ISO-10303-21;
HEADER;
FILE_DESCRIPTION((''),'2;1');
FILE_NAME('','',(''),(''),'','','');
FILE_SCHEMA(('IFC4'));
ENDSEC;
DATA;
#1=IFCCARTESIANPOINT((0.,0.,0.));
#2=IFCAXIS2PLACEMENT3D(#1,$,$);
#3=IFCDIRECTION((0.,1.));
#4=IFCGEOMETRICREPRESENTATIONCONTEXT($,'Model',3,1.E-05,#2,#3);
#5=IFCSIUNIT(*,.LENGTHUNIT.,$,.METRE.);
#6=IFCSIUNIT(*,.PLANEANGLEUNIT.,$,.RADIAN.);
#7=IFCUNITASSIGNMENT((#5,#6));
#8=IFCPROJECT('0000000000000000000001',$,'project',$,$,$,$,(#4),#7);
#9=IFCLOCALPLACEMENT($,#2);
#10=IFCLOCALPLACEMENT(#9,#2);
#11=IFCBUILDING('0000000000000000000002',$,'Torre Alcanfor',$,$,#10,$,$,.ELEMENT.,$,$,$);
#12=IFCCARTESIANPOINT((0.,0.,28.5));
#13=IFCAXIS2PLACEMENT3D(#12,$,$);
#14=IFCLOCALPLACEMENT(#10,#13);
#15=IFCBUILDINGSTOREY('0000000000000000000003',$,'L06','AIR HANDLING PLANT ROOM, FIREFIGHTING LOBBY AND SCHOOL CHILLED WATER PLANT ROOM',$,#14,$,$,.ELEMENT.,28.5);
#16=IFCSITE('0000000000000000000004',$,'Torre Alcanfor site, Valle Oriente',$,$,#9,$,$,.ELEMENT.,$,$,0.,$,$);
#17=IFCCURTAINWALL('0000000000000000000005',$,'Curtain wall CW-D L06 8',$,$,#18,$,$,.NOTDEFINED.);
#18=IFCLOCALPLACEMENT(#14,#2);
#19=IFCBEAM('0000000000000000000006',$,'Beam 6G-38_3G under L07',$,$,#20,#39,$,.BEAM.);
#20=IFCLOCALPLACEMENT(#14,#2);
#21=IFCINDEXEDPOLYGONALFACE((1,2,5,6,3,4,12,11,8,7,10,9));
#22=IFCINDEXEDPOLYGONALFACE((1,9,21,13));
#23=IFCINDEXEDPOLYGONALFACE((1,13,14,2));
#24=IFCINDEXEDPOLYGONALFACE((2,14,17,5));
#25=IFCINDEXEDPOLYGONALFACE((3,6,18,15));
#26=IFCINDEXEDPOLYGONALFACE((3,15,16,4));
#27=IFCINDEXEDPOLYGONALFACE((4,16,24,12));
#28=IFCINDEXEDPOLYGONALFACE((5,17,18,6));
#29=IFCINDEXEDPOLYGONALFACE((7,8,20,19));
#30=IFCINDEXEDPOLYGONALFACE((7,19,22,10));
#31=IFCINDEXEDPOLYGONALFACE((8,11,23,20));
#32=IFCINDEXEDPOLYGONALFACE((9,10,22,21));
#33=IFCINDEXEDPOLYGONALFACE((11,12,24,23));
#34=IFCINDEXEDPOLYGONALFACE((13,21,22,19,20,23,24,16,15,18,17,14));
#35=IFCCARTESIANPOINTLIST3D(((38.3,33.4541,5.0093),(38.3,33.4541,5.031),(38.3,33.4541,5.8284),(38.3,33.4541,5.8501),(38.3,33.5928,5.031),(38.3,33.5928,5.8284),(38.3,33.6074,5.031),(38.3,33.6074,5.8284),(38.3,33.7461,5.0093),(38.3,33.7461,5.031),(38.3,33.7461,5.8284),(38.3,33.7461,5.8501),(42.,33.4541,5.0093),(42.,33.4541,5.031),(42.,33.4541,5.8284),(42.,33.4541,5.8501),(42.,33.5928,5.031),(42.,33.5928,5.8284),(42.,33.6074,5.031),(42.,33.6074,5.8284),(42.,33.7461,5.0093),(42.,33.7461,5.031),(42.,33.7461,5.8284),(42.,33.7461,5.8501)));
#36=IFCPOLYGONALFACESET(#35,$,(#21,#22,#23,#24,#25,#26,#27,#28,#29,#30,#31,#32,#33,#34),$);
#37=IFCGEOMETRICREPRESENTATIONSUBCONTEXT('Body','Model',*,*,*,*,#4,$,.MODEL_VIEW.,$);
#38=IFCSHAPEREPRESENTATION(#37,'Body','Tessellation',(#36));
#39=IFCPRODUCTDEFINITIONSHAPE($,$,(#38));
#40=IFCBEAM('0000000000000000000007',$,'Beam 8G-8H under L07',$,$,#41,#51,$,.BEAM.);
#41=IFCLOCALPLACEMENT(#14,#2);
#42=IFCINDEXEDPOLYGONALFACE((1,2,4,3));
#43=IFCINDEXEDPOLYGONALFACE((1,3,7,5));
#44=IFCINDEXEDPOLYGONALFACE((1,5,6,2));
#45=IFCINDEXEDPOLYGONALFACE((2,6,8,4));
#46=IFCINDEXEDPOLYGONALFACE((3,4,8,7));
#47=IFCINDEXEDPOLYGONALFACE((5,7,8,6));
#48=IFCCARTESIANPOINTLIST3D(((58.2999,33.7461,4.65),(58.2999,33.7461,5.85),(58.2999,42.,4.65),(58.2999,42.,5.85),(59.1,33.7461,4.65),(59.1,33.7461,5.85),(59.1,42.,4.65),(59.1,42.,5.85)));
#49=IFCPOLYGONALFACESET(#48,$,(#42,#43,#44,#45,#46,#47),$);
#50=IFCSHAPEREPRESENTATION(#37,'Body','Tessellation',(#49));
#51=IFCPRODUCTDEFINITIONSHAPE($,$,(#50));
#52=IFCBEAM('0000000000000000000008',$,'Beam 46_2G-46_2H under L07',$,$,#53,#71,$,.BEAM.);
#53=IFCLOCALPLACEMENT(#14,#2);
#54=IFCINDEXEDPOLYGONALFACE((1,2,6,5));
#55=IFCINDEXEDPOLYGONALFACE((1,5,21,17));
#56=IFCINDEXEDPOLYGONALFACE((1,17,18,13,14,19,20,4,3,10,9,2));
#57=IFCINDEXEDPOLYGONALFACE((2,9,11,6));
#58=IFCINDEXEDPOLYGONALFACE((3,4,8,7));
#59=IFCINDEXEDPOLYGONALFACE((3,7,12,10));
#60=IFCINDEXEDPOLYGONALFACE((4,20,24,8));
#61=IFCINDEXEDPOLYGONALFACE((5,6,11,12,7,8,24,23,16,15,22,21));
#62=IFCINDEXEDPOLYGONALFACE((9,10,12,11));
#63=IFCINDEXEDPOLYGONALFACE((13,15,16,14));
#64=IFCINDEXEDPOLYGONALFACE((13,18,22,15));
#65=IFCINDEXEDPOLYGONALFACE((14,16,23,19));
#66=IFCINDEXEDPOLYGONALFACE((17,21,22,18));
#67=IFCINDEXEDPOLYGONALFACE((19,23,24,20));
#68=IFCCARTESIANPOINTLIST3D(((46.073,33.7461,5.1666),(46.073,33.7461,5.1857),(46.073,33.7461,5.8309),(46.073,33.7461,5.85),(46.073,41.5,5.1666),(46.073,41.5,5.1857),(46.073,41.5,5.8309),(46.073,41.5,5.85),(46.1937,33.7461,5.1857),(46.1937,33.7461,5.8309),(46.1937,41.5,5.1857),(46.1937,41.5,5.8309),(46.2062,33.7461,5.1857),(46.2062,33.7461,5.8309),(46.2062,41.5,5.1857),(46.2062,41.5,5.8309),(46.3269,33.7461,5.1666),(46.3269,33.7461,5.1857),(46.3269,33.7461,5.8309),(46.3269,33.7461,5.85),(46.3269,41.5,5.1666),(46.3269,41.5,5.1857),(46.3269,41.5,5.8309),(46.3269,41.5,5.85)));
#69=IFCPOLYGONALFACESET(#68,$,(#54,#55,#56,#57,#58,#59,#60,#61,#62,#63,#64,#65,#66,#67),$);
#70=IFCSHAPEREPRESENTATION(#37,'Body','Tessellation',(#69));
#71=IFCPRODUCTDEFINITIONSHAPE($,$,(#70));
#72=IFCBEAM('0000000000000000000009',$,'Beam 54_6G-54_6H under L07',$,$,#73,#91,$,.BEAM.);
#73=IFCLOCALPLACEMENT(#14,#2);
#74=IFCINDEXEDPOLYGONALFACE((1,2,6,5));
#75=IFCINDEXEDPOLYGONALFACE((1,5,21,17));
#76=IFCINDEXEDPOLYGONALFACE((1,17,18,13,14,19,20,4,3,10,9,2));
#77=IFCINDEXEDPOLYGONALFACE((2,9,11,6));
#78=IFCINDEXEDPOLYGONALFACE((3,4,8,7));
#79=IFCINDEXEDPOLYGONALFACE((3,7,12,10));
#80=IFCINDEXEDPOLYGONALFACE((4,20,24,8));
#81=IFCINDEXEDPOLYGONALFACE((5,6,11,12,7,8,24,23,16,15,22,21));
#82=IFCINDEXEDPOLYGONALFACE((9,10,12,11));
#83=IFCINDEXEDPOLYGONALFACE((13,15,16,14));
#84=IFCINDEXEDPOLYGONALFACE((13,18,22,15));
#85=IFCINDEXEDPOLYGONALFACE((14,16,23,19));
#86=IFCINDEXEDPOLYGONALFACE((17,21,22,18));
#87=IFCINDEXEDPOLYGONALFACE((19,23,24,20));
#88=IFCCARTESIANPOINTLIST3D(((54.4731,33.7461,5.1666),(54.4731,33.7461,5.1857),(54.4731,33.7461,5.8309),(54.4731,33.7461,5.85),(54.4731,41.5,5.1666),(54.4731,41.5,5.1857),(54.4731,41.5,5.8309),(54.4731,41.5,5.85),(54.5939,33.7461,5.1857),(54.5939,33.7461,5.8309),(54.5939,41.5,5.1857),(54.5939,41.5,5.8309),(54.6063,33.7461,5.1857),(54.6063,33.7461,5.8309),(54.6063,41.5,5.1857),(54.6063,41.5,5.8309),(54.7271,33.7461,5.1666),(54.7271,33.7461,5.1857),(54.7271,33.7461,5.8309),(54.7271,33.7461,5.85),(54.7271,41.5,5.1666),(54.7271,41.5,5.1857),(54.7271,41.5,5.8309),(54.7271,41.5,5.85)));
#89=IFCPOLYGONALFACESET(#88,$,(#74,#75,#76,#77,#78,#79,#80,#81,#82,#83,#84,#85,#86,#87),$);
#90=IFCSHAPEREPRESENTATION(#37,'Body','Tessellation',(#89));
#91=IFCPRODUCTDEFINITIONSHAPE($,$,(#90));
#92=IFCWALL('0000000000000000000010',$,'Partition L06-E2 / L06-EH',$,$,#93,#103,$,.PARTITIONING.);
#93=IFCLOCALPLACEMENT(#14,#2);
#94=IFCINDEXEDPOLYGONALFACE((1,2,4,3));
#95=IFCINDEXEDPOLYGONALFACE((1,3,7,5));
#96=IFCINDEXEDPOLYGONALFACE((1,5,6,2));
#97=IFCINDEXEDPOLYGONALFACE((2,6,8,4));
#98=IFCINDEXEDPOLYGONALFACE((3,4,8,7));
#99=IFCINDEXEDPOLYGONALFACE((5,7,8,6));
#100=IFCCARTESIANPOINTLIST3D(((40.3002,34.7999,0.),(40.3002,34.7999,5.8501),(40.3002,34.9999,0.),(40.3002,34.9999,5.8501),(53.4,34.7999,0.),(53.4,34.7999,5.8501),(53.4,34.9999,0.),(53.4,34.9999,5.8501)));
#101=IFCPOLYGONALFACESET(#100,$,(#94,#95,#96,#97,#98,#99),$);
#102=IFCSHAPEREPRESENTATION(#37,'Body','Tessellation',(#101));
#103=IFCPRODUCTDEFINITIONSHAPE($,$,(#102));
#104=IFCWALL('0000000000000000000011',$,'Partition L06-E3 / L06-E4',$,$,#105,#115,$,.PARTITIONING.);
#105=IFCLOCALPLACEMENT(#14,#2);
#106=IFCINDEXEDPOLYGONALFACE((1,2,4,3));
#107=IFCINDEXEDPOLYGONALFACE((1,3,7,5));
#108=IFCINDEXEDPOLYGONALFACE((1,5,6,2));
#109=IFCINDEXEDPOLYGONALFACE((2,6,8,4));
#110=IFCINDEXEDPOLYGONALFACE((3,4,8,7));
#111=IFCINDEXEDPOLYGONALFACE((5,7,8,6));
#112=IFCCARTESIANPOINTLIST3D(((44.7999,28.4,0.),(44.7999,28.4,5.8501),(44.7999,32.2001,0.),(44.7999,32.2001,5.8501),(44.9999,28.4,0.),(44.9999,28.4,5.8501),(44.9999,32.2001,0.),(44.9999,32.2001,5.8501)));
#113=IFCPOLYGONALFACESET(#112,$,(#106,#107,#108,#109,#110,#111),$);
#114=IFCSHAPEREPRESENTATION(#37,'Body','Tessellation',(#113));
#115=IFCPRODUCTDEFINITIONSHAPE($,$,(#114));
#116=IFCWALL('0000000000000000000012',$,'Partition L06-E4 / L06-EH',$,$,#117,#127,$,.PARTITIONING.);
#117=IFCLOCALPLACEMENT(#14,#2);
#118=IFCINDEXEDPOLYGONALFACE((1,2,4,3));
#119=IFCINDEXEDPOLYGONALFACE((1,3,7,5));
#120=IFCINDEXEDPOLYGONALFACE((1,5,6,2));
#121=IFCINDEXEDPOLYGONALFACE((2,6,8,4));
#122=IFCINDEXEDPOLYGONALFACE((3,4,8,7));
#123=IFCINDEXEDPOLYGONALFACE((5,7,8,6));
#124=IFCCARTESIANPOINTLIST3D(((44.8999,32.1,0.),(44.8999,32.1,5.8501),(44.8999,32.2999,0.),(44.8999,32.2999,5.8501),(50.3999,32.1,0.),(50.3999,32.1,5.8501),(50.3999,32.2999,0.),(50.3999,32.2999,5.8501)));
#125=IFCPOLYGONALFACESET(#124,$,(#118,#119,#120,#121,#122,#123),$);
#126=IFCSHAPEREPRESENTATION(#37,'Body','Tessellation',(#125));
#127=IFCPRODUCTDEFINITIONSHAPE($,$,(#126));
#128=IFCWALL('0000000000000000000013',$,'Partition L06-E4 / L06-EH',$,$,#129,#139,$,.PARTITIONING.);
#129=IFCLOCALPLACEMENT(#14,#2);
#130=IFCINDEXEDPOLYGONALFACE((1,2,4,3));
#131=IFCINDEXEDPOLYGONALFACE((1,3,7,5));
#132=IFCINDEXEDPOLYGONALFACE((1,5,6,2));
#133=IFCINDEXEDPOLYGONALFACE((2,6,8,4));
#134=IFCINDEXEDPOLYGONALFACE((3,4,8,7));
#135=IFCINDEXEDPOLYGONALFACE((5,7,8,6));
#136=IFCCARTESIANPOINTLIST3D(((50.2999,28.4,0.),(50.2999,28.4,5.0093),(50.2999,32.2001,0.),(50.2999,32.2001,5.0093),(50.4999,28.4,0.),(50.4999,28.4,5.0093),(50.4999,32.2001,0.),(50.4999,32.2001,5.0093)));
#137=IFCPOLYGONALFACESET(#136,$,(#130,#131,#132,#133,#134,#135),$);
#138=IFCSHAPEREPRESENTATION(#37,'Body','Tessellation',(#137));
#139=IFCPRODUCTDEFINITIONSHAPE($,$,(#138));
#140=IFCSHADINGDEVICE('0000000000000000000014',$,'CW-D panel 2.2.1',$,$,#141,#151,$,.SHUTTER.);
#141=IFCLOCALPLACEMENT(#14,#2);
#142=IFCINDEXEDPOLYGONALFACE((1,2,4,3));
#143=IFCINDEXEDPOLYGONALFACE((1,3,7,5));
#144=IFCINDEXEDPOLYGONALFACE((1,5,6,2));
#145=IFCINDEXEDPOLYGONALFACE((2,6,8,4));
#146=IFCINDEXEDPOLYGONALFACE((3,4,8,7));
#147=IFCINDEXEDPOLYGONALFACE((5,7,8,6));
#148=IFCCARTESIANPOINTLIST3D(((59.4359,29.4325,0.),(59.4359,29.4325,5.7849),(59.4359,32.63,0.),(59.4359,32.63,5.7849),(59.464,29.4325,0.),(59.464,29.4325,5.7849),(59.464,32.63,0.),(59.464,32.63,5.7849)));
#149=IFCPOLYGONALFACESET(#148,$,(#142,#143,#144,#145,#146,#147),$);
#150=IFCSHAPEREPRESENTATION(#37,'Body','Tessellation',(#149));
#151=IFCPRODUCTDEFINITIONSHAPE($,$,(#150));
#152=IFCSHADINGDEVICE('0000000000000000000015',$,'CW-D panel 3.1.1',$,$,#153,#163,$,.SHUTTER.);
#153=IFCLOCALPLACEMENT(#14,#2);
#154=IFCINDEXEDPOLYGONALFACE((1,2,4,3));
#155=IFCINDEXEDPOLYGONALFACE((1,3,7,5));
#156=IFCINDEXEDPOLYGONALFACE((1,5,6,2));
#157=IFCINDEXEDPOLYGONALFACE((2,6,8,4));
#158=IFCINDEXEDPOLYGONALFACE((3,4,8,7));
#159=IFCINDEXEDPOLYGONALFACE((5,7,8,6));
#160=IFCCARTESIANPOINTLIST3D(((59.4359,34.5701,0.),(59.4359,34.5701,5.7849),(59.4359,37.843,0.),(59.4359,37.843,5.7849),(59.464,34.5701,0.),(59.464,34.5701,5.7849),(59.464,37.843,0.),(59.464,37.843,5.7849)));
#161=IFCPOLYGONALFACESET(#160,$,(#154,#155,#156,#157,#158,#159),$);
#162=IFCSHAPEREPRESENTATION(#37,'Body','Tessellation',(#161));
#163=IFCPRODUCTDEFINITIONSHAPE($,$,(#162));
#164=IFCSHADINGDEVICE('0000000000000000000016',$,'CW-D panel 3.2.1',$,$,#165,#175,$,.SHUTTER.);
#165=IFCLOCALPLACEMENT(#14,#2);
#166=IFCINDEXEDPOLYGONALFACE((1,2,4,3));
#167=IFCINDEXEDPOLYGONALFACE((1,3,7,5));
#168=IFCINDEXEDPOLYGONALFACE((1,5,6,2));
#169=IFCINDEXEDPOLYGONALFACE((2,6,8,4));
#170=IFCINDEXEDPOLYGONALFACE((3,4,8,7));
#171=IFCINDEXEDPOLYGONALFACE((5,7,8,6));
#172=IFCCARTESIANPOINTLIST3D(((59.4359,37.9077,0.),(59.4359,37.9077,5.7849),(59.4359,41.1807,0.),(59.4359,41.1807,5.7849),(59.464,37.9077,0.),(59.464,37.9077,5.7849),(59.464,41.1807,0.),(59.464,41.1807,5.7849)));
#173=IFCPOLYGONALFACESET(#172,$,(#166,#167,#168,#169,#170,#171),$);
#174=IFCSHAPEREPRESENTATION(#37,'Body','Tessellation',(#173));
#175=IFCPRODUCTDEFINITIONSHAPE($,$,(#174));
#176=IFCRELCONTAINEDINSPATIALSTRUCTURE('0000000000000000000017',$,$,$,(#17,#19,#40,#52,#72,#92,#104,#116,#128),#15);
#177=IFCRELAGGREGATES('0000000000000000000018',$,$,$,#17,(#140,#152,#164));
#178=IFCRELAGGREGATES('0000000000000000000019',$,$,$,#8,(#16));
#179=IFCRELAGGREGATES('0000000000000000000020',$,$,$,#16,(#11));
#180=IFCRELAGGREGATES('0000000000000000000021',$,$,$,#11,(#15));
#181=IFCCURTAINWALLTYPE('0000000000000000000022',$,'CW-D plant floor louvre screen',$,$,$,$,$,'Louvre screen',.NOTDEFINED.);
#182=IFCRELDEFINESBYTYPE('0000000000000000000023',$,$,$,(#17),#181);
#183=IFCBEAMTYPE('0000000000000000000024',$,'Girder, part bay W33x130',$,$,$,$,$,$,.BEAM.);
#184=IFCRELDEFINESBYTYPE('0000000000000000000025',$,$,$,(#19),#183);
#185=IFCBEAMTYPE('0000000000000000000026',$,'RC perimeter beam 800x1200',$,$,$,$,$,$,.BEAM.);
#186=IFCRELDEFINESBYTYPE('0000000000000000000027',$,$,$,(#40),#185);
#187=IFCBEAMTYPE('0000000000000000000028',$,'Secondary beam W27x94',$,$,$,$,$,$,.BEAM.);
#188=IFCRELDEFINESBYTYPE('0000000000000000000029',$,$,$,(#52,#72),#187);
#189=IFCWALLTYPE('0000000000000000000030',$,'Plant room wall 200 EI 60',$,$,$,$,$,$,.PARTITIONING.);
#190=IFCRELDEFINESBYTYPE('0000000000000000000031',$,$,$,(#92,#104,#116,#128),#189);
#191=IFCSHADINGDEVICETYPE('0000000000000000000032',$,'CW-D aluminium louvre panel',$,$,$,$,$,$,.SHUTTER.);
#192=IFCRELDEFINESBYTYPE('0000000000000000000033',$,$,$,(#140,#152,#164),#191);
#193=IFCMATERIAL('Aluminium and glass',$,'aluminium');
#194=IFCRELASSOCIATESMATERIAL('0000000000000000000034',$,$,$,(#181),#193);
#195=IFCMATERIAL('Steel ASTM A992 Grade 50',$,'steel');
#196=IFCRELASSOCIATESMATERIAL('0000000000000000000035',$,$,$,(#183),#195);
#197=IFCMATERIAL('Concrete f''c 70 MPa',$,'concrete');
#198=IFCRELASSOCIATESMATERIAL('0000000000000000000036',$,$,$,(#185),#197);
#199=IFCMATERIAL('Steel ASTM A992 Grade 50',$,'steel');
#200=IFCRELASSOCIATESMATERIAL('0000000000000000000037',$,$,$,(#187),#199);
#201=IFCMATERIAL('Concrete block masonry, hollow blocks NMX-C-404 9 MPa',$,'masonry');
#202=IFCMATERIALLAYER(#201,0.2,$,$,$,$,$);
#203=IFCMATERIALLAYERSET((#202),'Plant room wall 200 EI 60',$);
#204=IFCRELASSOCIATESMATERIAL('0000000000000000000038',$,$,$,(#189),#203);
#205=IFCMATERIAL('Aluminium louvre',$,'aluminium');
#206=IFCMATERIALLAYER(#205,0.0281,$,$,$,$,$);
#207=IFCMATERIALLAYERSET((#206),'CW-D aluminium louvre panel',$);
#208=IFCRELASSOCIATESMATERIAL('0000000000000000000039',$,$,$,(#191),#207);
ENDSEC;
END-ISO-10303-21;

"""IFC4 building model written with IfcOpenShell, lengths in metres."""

from ifc_helpers import new_model, si_unit, direction, frame, frame_2d, origin, origin_2d, place, context, subcontext, project, spatial, rectangle, i_section, extrude, material, layer, layer_set, material_profile, profile_set, type_object, element, aggregate, save


model = new_model("IFC4")

# Units and contexts
model_context = context("Model", 3, precision=1e-05, world=origin(), true_north=direction((0.0, 1.0)))
body_context = subcontext(model_context, "Body", "Model", "MODEL_VIEW")
ifc_project = project(units=[si_unit("LENGTHUNIT", "METRE"), si_unit("PLANEANGLEUNIT", "RADIAN")], contexts=[model_context])

# Site, building, storey
site_placement = place(None, origin())
site = spatial("IfcSite", under=ifc_project, at=site_placement, Name="Torre Alcanfor site, Valle Oriente", CompositionType="ELEMENT", RefElevation=0.0)
building_placement = place(site_placement, origin())
building = spatial("IfcBuilding", under=site, at=building_placement, Name="Torre Alcanfor", CompositionType="ELEMENT")
storey_placement = place(building_placement, frame((0.0, 0.0, 28.5)))
storey = spatial("IfcBuildingStorey", under=building, at=storey_placement, Name="L06", Description="AIR HANDLING PLANT ROOM, FIREFIGHTING LOBBY AND SCHOOL CHILLED WATER PLANT ROOM", CompositionType="ELEMENT", Elevation=28.5)

# Curtain wall
ifc_material_1 = material(Name="Aluminium and glass", Category="aluminium")
curtain_wall_type = type_object("IfcCurtainWallType", Name="CW-D plant floor louvre screen", ElementType="Louvre screen", PredefinedType="NOTDEFINED", material=ifc_material_1)
curtain_wall_placement = place(storey_placement, origin())
curtain_wall = element("IfcCurtainWall", 1, at=curtain_wall_placement, inside=storey, type_object=curtain_wall_type, Name="Curtain wall CW-D L06 8", PredefinedType="NOTDEFINED")

# Beams
ifc_material_2 = material(Name="Steel ASTM A992 Grade 50", Category="steel")
ifc_material_profile_1 = material_profile(ifc_material_2, i_section(OverallWidth=0.292, OverallDepth=0.8408, WebThickness=0.0146, FlangeThickness=0.0217, at=origin_2d()), Name="W33x130")
ifc_profile_set_1 = profile_set([ifc_material_profile_1], Name="Steel ASTM A992 Grade 50")
beam_type_1 = type_object("IfcBeamType", Name="Girder, part bay W33x130", PredefinedType="BEAM", material=ifc_profile_set_1)
beam_1_placement = place(storey_placement, frame((42.0, 33.6001, 5.4297), z_axis=(-1.0, 0.0, 0.0), x_axis=(0.0, -1.0, 0.0)))
element("IfcBeam", 2, at=beam_1_placement, inside=storey, type_object=beam_type_1, Name="Beam 6G-38_3G under L07", PredefinedType="BEAM", context=body_context, shape_type="SweptSolid", body=[
    extrude(i_section(OverallWidth=0.292, OverallDepth=0.8408, WebThickness=0.0146, FlangeThickness=0.0217, at=origin_2d()), origin(), (0.0, 0.0, 1.0), 3.7),
])
ifc_material_3 = material(Name="Concrete f'c 70 MPa", Category="concrete")
ifc_material_profile_2 = material_profile(ifc_material_3, rectangle(XDim=0.8, YDim=1.2, at=origin_2d()), Name="800x1200")
ifc_profile_set_2 = profile_set([ifc_material_profile_2], Name="Concrete f'c 70 MPa")
beam_type_2 = type_object("IfcBeamType", Name="RC perimeter beam 800x1200", PredefinedType="BEAM", material=ifc_profile_set_2)
beam_2_placement = place(storey_placement, frame((58.7, 33.7461, 5.25), z_axis=(0.0, 1.0, 0.0), x_axis=(-1.0, 0.0, 0.0)))
element("IfcBeam", 3, at=beam_2_placement, inside=storey, type_object=beam_type_2, Name="Beam 8G-8H under L07", PredefinedType="BEAM", context=body_context, shape_type="SweptSolid", body=[
    extrude(rectangle(XDim=0.8, YDim=1.2, at=origin_2d()), origin(), (0.0, 0.0, 1.0), 8.2539),
])
ifc_material_4 = material(Name="Steel ASTM A992 Grade 50", Category="steel")
ifc_material_profile_3 = material_profile(ifc_material_4, i_section(OverallWidth=0.2539, OverallDepth=0.6833, WebThickness=0.0125, FlangeThickness=0.019, at=origin_2d()), Name="W27x94")
ifc_profile_set_3 = profile_set([ifc_material_profile_3], Name="Steel ASTM A992 Grade 50")
beam_type_3 = type_object("IfcBeamType", Name="Secondary beam W27x94", PredefinedType="BEAM", material=ifc_profile_set_3)
for number, where, z_axis, x_axis, name in (
    (4, (46.2, 33.7461, 5.5083), (0.0, 1.0, 0.0), (-1.0, 0.0, 0.0), "Beam 46_2G-46_2H under L07"),
    (5, (54.6001, 33.7461, 5.5083), (0.0, 1.0, 0.0), (-1.0, 0.0, 0.0), "Beam 54_6G-54_6H under L07"),
):
    element("IfcBeam", number, at=place(storey_placement, frame(where, z_axis=z_axis, x_axis=x_axis)), inside=storey, type_object=beam_type_3, Name=name, PredefinedType="BEAM", context=body_context, shape_type="SweptSolid", body=[
        extrude(i_section(OverallWidth=0.2539, OverallDepth=0.6833, WebThickness=0.0125, FlangeThickness=0.019, at=origin_2d()), origin(), (0.0, 0.0, 1.0), 7.7539),
    ])

# Walls
ifc_material_5 = material(Name="Concrete block masonry, hollow blocks NMX-C-404 9 MPa", Category="masonry")
ifc_layer_1 = layer(ifc_material_5, 0.2)
ifc_layer_set_1 = layer_set([ifc_layer_1], Name="Plant room wall 200 EI 60")
wall_type = type_object("IfcWallType", Name="Plant room wall 200 EI 60", PredefinedType="PARTITIONING", material=ifc_layer_set_1)
wall_1_placement = place(storey_placement, frame((53.3999, 34.8999, 0.0), z_axis=(0.0, 0.0, 1.0), x_axis=(-1.0, 0.0, 0.0)))
element("IfcWall", 6, at=wall_1_placement, inside=storey, type_object=wall_type, Name="Partition L06-E2 / L06-EH", PredefinedType="PARTITIONING", context=body_context, shape_type="SweptSolid", body=[
    extrude(rectangle(XDim=13.0999, YDim=0.2, at=frame_2d((6.5498, 0.0))), origin(), (0.0, 0.0, 1.0), 5.8501),
])
wall_2_placement = place(storey_placement, frame((44.8999, 32.2, 0.0), z_axis=(0.0, 0.0, 1.0), x_axis=(0.0, -1.0, 0.0)))
element("IfcWall", 7, at=wall_2_placement, inside=storey, type_object=wall_type, Name="Partition L06-E3 / L06-E4", PredefinedType="PARTITIONING", context=body_context, shape_type="SweptSolid", body=[
    extrude(rectangle(XDim=3.8, YDim=0.2, at=frame_2d((1.8999, 0.0))), origin(), (0.0, 0.0, 1.0), 5.8501),
])
wall_3_placement = place(storey_placement, frame((44.8999, 32.2, 0.0), z_axis=(0.0, 0.0, 1.0), x_axis=(1.0, 0.0, 0.0)))
element("IfcWall", 8, at=wall_3_placement, inside=storey, type_object=wall_type, Name="Partition L06-E4 / L06-EH", PredefinedType="PARTITIONING", context=body_context, shape_type="SweptSolid", body=[
    extrude(rectangle(XDim=5.5, YDim=0.2, at=frame_2d((2.75, 0.0))), origin(), (0.0, 0.0, 1.0), 5.8501),
])
wall_4_placement = place(storey_placement, frame((50.3999, 32.2, 0.0), z_axis=(0.0, 0.0, 1.0), x_axis=(0.0, -1.0, 0.0)))
element("IfcWall", 9, at=wall_4_placement, inside=storey, type_object=wall_type, Name="Partition L06-E4 / L06-EH", PredefinedType="PARTITIONING", context=body_context, shape_type="SweptSolid", body=[
    extrude(rectangle(XDim=3.8, YDim=0.2, at=frame_2d((1.8999, 0.0))), origin(), (0.0, 0.0, 1.0), 5.0093),
])

# Shading devices
ifc_material_6 = material(Name="Aluminium louvre", Category="aluminium")
ifc_layer_2 = layer(ifc_material_6, 0.0281)
ifc_layer_set_2 = layer_set([ifc_layer_2], Name="CW-D aluminium louvre panel")
shading_device_type = type_object("IfcShadingDeviceType", Name="CW-D aluminium louvre panel", PredefinedType="SHUTTER", material=ifc_layer_set_2)
shading_device_1_placement = place(storey_placement, frame((59.45, 31.0312, 0.0), z_axis=(0.0, 0.0, 1.0), x_axis=(0.0, 1.0, 0.0)))
shading_device_1 = element("IfcShadingDevice", 10, at=shading_device_1_placement, type_object=shading_device_type, Name="CW-D panel 2.2.1", PredefinedType="SHUTTER", context=body_context, shape_type="SweptSolid", body=[
    extrude(rectangle(XDim=3.1975, YDim=0.0281, at=origin_2d()), origin(), (0.0, 0.0, 1.0), 5.7849),
])
shading_device_2_placement = place(storey_placement, frame((59.45, 36.2065, 0.0), z_axis=(0.0, 0.0, 1.0), x_axis=(0.0, 1.0, 0.0)))
shading_device_2 = element("IfcShadingDevice", 11, at=shading_device_2_placement, type_object=shading_device_type, Name="CW-D panel 3.1.1", PredefinedType="SHUTTER", context=body_context, shape_type="SweptSolid", body=[
    extrude(rectangle(XDim=3.2729, YDim=0.0281, at=origin_2d()), origin(), (0.0, 0.0, 1.0), 5.7849),
])
shading_device_3_placement = place(storey_placement, frame((59.45, 39.5442, 0.0), z_axis=(0.0, 0.0, 1.0), x_axis=(0.0, 1.0, 0.0)))
shading_device_3 = element("IfcShadingDevice", 12, at=shading_device_3_placement, type_object=shading_device_type, Name="CW-D panel 3.2.1", PredefinedType="SHUTTER", context=body_context, shape_type="SweptSolid", body=[
    extrude(rectangle(XDim=3.2729, YDim=0.0281, at=origin_2d()), origin(), (0.0, 0.0, 1.0), 5.7849),
])
aggregate(curtain_wall, [shading_device_1, shading_device_2, shading_device_3])

save(model, "model.ifc")
